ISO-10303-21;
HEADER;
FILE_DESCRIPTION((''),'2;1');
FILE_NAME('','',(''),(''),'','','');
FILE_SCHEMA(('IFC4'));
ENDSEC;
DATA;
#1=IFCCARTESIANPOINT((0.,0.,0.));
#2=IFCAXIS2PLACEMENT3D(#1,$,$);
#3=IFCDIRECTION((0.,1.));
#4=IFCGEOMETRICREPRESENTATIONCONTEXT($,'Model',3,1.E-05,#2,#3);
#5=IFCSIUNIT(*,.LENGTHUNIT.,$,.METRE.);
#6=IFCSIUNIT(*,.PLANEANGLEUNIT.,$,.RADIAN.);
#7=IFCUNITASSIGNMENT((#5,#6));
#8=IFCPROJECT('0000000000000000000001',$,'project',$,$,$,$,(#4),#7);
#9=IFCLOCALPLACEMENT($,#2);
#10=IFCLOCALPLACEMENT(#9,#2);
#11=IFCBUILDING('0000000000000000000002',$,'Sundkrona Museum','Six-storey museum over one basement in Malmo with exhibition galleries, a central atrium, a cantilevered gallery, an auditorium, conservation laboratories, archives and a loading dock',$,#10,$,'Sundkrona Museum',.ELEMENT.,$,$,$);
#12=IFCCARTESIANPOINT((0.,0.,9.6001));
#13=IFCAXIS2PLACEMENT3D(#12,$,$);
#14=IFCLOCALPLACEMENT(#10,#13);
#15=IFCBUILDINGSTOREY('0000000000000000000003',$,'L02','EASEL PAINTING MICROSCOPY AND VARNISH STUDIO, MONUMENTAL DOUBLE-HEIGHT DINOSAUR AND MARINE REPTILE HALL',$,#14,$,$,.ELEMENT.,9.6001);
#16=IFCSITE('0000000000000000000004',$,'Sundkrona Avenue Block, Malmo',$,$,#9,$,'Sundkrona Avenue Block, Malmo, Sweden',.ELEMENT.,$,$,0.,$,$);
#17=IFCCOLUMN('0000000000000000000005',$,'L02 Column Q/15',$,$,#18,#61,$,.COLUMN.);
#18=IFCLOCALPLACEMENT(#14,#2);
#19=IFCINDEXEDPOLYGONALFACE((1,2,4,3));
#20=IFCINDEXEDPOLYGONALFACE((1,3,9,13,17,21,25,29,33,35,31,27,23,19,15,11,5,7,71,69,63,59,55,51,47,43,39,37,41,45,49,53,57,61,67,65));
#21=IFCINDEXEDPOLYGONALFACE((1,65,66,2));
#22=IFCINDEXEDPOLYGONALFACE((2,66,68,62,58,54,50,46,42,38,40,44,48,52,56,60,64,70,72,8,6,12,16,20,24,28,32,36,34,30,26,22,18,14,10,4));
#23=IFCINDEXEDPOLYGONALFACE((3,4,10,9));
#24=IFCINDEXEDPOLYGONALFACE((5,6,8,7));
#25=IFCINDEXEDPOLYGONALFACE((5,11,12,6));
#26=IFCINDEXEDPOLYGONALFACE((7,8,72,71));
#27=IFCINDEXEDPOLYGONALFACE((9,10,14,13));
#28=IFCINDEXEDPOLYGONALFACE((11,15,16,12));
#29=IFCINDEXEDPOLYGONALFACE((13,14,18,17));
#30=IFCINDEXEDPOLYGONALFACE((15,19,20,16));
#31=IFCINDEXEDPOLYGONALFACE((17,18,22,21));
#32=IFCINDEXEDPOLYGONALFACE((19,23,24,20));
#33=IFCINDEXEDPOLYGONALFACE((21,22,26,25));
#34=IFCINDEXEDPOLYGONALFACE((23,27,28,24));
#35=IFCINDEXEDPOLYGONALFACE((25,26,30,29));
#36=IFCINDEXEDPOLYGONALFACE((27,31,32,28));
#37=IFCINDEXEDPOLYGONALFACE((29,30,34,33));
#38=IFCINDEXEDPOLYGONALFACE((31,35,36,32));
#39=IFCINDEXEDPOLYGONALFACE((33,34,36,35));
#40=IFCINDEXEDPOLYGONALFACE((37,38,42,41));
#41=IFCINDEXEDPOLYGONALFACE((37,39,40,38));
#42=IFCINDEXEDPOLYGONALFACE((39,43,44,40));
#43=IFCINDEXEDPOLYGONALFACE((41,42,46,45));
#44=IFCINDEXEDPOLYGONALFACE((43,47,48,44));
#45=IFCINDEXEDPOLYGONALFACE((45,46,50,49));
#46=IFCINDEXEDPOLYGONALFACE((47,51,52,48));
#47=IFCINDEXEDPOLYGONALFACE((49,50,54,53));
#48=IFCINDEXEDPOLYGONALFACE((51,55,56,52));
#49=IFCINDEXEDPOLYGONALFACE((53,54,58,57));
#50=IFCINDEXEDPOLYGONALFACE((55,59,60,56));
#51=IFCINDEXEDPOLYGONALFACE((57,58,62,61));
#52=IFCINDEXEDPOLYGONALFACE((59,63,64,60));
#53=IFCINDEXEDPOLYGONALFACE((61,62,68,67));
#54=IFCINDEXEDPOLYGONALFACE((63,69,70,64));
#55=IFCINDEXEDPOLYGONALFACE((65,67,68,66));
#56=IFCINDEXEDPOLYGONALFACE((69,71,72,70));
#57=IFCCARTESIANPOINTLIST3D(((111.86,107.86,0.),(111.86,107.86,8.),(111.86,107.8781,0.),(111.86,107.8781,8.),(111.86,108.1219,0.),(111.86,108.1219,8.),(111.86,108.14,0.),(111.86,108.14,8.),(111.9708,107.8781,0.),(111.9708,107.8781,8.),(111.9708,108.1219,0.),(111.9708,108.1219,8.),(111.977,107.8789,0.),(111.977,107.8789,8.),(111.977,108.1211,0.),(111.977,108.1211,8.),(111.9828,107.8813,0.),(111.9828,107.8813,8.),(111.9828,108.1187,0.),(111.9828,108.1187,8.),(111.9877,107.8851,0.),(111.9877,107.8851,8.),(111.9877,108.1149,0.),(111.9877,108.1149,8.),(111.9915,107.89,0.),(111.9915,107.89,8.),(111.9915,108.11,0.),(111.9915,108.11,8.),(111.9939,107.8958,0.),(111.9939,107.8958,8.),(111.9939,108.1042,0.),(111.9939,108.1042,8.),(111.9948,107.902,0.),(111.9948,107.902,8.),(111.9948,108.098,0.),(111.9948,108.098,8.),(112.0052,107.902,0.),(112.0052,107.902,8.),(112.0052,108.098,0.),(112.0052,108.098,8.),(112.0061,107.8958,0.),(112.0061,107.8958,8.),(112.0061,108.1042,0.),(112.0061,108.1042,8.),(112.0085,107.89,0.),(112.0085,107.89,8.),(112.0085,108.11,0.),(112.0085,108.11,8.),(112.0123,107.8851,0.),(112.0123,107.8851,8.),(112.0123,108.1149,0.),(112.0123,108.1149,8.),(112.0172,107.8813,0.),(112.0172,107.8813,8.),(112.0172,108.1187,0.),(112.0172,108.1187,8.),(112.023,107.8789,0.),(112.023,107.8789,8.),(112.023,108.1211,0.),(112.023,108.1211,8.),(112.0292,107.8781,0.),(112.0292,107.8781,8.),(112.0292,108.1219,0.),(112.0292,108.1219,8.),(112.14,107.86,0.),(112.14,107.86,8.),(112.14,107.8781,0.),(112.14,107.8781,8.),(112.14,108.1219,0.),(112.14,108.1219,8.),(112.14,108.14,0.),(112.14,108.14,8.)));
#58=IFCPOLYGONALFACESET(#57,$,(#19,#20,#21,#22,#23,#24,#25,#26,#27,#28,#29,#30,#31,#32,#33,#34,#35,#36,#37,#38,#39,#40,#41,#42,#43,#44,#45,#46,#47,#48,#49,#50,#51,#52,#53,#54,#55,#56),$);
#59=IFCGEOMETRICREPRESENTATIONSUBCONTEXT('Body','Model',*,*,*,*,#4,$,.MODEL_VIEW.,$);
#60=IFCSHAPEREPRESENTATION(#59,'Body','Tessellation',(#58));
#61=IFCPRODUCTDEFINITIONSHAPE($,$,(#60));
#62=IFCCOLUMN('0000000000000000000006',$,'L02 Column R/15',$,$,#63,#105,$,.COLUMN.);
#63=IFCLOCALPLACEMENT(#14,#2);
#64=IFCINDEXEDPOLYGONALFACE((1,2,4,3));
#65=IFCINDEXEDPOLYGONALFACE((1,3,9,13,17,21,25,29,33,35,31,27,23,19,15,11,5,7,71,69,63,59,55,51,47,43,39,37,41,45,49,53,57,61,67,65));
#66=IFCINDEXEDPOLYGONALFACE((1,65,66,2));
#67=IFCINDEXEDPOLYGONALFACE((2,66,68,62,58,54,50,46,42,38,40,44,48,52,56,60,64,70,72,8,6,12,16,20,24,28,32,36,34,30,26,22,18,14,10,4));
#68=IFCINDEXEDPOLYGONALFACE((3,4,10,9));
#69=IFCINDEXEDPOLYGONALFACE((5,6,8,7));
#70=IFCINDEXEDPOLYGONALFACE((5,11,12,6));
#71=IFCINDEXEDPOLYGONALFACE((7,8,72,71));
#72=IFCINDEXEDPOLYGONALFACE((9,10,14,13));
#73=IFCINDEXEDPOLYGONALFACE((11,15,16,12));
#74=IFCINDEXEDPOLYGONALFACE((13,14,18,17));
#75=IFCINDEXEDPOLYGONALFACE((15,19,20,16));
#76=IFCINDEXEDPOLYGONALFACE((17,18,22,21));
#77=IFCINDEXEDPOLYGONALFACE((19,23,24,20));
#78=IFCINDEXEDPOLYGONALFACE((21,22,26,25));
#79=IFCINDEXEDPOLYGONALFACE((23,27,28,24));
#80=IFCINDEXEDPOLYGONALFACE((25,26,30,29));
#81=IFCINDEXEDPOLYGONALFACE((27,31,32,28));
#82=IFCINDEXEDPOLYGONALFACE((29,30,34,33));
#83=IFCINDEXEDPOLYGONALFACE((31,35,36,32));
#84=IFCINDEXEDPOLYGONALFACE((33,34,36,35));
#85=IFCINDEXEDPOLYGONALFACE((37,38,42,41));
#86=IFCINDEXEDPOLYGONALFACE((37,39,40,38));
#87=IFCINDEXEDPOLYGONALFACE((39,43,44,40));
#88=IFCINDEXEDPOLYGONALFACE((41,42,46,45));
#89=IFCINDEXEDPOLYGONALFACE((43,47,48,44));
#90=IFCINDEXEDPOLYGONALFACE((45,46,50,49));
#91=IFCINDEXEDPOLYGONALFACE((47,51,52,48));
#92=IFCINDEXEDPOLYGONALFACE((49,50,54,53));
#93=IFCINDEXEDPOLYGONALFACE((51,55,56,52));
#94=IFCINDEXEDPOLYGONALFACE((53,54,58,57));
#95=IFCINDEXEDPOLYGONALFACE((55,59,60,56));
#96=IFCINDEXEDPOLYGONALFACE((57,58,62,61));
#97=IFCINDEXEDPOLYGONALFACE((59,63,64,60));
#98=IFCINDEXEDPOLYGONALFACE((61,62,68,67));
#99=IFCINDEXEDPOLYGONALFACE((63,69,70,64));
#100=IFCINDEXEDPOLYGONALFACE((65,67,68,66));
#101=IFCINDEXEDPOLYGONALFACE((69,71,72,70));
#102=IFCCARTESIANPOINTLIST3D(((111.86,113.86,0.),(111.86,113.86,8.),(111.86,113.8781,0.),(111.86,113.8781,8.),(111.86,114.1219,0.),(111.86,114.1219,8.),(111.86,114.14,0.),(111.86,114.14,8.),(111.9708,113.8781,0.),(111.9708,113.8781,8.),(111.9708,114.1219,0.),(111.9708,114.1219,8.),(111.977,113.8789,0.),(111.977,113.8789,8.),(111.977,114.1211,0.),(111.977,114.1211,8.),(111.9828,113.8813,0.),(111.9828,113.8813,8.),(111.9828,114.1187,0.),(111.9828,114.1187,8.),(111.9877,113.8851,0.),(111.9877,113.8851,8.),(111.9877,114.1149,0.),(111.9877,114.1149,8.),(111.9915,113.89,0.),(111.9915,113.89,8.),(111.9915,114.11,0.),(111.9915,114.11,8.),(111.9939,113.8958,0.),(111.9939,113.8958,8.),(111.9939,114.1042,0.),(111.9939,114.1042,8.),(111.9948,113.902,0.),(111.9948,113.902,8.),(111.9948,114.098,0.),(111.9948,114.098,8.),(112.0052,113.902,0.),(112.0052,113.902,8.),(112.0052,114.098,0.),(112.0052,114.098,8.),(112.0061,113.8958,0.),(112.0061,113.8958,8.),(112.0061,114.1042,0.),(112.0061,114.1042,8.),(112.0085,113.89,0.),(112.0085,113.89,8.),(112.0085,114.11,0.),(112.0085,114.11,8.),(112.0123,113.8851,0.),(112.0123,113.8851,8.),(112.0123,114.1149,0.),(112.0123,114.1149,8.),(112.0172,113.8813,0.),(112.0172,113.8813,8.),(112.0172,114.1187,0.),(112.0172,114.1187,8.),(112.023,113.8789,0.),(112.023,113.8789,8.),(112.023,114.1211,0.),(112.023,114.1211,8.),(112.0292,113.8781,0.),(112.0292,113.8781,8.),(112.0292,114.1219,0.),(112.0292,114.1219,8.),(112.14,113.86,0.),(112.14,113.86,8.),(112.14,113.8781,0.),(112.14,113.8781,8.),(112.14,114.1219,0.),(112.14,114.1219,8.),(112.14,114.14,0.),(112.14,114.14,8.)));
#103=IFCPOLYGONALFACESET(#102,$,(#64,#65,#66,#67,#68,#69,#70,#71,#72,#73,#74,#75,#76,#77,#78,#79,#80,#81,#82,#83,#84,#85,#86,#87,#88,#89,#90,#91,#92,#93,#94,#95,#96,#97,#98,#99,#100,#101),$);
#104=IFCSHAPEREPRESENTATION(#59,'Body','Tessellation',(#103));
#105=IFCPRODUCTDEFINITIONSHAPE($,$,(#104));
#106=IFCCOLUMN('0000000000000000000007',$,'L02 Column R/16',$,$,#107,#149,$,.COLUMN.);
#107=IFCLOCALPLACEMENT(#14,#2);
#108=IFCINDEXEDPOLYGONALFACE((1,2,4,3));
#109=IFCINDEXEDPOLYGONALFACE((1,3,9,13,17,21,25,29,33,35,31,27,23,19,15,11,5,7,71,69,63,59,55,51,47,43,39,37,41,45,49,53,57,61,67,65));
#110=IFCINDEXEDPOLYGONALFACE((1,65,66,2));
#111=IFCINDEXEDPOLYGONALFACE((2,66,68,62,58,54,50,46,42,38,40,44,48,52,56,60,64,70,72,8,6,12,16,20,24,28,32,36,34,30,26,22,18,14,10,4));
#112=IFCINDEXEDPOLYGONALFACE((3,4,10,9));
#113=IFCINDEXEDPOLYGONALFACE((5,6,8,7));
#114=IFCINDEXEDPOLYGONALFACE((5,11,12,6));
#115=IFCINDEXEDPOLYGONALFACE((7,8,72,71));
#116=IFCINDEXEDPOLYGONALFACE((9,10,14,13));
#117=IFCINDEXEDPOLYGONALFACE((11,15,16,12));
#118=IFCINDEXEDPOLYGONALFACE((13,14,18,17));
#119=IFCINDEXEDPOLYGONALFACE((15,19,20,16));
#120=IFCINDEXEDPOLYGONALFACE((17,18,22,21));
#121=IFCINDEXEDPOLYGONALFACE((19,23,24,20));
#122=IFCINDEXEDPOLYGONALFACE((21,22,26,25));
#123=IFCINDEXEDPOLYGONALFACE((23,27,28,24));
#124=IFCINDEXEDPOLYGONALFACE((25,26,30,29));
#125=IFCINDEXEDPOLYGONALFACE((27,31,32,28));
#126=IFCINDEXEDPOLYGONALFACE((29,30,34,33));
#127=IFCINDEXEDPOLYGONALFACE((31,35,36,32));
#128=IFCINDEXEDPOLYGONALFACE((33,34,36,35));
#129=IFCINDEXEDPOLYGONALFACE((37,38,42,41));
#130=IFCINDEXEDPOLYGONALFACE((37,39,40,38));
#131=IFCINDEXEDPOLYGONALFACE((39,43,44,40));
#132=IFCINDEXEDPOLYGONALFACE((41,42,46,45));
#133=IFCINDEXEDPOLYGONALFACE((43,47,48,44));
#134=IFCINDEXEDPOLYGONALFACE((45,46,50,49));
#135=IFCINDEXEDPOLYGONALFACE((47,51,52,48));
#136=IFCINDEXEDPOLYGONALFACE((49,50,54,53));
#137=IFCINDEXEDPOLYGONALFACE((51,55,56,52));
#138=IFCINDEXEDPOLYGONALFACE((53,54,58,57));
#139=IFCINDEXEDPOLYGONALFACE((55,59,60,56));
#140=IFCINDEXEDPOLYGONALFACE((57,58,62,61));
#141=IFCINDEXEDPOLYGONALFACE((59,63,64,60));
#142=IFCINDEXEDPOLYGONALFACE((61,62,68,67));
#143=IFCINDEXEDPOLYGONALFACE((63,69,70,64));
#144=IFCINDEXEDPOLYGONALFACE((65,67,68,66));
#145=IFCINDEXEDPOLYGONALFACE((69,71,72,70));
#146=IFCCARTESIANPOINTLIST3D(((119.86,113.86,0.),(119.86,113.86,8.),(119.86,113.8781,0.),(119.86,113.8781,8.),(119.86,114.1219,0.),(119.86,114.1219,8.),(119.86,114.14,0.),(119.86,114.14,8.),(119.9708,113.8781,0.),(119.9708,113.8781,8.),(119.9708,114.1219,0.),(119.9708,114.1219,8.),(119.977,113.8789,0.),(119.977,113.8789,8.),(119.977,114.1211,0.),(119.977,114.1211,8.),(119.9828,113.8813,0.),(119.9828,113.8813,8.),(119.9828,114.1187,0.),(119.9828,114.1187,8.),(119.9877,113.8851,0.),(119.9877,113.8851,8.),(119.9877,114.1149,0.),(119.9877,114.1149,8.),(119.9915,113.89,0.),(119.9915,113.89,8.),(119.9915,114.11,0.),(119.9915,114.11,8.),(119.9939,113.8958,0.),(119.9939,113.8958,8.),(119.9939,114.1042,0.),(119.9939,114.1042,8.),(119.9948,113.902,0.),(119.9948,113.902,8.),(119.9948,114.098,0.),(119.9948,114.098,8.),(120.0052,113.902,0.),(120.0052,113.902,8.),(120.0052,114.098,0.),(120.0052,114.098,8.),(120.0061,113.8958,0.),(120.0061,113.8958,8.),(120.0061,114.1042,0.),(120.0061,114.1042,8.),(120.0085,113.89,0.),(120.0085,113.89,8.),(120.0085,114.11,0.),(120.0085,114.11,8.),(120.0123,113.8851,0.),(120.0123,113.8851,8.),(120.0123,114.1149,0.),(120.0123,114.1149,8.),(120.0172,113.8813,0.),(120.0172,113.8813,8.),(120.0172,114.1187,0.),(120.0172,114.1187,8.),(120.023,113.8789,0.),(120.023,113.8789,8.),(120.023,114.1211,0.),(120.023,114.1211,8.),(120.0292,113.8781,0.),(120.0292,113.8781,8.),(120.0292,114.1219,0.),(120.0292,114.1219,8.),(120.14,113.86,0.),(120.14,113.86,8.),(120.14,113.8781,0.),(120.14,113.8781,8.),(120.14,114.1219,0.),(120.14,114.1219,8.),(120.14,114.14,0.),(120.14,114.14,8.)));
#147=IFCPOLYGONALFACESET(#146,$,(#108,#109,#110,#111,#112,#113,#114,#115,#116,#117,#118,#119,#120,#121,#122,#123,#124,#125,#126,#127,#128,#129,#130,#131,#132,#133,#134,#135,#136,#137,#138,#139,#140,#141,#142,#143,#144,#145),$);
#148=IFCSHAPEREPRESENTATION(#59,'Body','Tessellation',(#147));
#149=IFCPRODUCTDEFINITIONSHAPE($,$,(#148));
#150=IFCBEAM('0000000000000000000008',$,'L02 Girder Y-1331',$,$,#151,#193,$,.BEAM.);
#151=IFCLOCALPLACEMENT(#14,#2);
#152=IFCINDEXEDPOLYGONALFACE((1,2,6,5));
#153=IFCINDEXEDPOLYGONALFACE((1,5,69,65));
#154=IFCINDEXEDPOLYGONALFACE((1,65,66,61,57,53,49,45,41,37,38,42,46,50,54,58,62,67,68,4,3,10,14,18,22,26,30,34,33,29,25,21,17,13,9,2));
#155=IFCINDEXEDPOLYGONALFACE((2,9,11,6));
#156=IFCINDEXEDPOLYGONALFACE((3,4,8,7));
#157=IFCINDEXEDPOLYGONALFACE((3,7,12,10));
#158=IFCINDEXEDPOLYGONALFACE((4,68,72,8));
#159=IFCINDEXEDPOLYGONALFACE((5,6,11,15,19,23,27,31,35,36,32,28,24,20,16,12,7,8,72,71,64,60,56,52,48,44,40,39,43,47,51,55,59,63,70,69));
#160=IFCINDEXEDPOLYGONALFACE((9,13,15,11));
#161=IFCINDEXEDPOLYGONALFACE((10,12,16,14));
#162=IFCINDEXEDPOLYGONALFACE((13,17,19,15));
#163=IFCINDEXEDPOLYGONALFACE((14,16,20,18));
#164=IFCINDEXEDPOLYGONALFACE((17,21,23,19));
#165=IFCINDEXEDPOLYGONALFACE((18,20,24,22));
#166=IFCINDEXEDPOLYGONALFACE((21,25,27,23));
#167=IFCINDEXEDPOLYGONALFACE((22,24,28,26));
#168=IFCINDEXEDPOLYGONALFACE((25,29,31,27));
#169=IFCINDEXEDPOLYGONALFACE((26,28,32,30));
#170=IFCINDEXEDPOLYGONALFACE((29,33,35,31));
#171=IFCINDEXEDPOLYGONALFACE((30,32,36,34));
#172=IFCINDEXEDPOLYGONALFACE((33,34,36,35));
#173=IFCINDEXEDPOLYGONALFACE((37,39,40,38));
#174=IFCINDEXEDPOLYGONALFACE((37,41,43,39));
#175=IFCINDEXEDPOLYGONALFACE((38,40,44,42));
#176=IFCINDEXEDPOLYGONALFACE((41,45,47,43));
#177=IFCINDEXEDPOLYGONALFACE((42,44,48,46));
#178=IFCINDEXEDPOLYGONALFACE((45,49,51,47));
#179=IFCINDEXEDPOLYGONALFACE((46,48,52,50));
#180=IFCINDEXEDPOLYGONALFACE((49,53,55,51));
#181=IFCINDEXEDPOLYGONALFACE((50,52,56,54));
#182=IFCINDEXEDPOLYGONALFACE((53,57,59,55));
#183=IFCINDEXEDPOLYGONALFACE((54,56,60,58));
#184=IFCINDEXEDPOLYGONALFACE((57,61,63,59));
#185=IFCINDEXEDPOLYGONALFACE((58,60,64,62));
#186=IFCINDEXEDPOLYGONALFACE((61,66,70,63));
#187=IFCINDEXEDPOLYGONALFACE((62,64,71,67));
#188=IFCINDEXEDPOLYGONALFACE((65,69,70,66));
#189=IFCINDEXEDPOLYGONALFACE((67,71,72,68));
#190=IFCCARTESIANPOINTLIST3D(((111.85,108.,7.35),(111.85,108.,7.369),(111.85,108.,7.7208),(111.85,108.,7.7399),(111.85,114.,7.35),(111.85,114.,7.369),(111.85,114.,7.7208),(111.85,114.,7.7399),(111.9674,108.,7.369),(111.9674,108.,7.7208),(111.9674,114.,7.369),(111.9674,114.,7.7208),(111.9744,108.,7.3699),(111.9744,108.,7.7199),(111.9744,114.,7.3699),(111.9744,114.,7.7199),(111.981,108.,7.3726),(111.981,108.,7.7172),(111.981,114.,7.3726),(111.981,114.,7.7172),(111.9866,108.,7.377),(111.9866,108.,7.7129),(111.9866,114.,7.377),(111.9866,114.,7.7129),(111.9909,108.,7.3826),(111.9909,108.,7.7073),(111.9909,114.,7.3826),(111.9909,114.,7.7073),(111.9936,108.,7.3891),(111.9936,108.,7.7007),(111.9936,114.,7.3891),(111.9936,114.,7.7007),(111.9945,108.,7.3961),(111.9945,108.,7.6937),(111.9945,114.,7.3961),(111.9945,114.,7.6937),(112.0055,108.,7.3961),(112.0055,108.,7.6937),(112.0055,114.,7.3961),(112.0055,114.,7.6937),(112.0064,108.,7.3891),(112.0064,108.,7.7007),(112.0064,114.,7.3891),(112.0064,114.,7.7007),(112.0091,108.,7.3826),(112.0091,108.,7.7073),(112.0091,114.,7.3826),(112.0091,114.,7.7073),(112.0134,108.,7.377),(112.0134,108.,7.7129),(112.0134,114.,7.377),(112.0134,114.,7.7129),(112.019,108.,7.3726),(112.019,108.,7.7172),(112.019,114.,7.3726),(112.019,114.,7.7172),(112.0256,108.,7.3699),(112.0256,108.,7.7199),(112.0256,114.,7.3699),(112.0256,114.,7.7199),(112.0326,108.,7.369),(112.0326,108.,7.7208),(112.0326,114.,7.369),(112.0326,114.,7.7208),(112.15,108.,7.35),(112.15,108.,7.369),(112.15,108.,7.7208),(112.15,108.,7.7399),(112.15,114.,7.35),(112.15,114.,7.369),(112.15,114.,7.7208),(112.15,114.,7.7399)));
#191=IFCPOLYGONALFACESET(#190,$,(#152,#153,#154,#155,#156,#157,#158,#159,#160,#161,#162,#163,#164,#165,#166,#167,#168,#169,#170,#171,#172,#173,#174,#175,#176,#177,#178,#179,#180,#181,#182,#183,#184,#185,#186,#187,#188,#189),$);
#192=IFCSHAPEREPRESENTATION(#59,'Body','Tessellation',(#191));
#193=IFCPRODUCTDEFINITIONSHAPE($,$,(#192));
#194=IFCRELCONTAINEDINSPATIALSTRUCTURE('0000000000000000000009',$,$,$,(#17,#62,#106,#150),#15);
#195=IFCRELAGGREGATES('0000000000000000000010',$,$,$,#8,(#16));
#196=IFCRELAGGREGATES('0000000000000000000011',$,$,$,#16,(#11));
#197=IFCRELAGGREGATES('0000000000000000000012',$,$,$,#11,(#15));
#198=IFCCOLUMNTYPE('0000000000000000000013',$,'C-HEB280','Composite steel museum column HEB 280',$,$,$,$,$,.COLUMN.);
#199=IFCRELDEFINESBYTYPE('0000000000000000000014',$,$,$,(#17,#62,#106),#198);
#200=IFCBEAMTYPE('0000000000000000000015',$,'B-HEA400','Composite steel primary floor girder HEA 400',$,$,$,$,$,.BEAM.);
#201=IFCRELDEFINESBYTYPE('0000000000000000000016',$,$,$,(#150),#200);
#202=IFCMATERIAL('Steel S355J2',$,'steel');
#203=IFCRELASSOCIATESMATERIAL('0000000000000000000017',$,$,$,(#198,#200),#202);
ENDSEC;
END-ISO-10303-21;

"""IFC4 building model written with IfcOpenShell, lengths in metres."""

from ifc_helpers import new_model, si_unit, direction, frame, origin, origin_2d, place, context, subcontext, project, spatial, i_section, extrude, material, material_profile, profile_set, type_object, element, save


model = new_model("IFC4")

# Units and contexts
model_context = context("Model", 3, precision=1e-05, world=origin(), true_north=direction((0.0, 1.0)))
body_context = subcontext(model_context, "Body", "Model", "MODEL_VIEW")
ifc_project = project(units=[si_unit("LENGTHUNIT", "METRE"), si_unit("PLANEANGLEUNIT", "RADIAN")], contexts=[model_context])

# Site, building, storey
site_placement = place(None, origin())
site = spatial("IfcSite", under=ifc_project, at=site_placement, Name="Sundkrona Avenue Block, Malmo", LongName="Sundkrona Avenue Block, Malmo, Sweden", CompositionType="ELEMENT", RefElevation=0.0)
building_placement = place(site_placement, origin())
building = spatial("IfcBuilding", under=site, at=building_placement, Name="Sundkrona Museum", Description="Six-storey museum over one basement in Malmo with exhibition galleries, a central atrium, a cantilevered gallery, an auditorium, conservation laboratories, archives and a loading dock", LongName="Sundkrona Museum", CompositionType="ELEMENT")
storey_placement = place(building_placement, frame((0.0, 0.0, 9.6001)))
storey = spatial("IfcBuildingStorey", under=building, at=storey_placement, Name="L02", Description="EASEL PAINTING MICROSCOPY AND VARNISH STUDIO, MONUMENTAL DOUBLE-HEIGHT DINOSAUR AND MARINE REPTILE HALL", CompositionType="ELEMENT", Elevation=9.6001)

# Columns
ifc_material_1 = material(Name="Steel S355J2", Category="steel")
ifc_material_profile_1 = material_profile(ifc_material_1, i_section(OverallWidth=0.28, OverallDepth=0.28, WebThickness=0.0105, FlangeThickness=0.0181, FilletRadius=0.0239, at=origin_2d()), Name="HEB 280")
ifc_profile_set_1 = profile_set([ifc_material_profile_1], Name="Steel S355J2")
column_type = type_object("IfcColumnType", Name="C-HEB280", Description="Composite steel museum column HEB 280", PredefinedType="COLUMN", material=ifc_profile_set_1)
for number, where, z_axis, x_axis, name in (
    (1, (112.0, 108.0, 0.0), (0.0, 0.0, 1.0), (1.0, 0.0, 0.0), "L02 Column Q/15"),
    (2, (112.0, 114.0, 0.0), (0.0, 0.0, 1.0), (1.0, 0.0, 0.0), "L02 Column R/15"),
    (3, (120.0, 114.0, 0.0), (0.0, 0.0, 1.0), (1.0, 0.0, 0.0), "L02 Column R/16"),
):
    element("IfcColumn", number, at=place(storey_placement, frame(where, z_axis=z_axis, x_axis=x_axis)), inside=storey, type_object=column_type, Name=name, PredefinedType="COLUMN", context=body_context, shape_type="SweptSolid", body=[
        extrude(i_section(OverallWidth=0.28, OverallDepth=0.28, WebThickness=0.0105, FlangeThickness=0.0181, FilletRadius=0.0239, at=origin_2d()), origin(), (0.0, 0.0, 1.0), 8.0),
    ])

# Beam
ifc_material_profile_2 = material_profile(ifc_material_1, i_section(OverallWidth=0.3, OverallDepth=0.3899, WebThickness=0.011, FlangeThickness=0.019, FilletRadius=0.0271, at=origin_2d()), Name="HEA 400")
ifc_profile_set_2 = profile_set([ifc_material_profile_2], Name="Steel S355J2")
beam_type_1 = type_object("IfcBeamType", Name="B-HEA400", Description="Composite steel primary floor girder HEA 400", PredefinedType="BEAM", material=ifc_profile_set_2)
beam_1_placement = place(storey_placement, frame((112.0, 108.0, 7.5449), z_axis=(0.0, 1.0, 0.0), x_axis=(-1.0, 0.0, 0.0)))
element("IfcBeam", 4, at=beam_1_placement, inside=storey, type_object=beam_type_1, Name="L02 Girder Y-1331", PredefinedType="BEAM", context=body_context, shape_type="SweptSolid", body=[
    extrude(i_section(OverallWidth=0.3, OverallDepth=0.3899, WebThickness=0.011, FlangeThickness=0.019, FilletRadius=0.0271, at=origin_2d()), origin(), (0.0, 0.0, 1.0), 6.0),
])

save(model, "model.ifc")
